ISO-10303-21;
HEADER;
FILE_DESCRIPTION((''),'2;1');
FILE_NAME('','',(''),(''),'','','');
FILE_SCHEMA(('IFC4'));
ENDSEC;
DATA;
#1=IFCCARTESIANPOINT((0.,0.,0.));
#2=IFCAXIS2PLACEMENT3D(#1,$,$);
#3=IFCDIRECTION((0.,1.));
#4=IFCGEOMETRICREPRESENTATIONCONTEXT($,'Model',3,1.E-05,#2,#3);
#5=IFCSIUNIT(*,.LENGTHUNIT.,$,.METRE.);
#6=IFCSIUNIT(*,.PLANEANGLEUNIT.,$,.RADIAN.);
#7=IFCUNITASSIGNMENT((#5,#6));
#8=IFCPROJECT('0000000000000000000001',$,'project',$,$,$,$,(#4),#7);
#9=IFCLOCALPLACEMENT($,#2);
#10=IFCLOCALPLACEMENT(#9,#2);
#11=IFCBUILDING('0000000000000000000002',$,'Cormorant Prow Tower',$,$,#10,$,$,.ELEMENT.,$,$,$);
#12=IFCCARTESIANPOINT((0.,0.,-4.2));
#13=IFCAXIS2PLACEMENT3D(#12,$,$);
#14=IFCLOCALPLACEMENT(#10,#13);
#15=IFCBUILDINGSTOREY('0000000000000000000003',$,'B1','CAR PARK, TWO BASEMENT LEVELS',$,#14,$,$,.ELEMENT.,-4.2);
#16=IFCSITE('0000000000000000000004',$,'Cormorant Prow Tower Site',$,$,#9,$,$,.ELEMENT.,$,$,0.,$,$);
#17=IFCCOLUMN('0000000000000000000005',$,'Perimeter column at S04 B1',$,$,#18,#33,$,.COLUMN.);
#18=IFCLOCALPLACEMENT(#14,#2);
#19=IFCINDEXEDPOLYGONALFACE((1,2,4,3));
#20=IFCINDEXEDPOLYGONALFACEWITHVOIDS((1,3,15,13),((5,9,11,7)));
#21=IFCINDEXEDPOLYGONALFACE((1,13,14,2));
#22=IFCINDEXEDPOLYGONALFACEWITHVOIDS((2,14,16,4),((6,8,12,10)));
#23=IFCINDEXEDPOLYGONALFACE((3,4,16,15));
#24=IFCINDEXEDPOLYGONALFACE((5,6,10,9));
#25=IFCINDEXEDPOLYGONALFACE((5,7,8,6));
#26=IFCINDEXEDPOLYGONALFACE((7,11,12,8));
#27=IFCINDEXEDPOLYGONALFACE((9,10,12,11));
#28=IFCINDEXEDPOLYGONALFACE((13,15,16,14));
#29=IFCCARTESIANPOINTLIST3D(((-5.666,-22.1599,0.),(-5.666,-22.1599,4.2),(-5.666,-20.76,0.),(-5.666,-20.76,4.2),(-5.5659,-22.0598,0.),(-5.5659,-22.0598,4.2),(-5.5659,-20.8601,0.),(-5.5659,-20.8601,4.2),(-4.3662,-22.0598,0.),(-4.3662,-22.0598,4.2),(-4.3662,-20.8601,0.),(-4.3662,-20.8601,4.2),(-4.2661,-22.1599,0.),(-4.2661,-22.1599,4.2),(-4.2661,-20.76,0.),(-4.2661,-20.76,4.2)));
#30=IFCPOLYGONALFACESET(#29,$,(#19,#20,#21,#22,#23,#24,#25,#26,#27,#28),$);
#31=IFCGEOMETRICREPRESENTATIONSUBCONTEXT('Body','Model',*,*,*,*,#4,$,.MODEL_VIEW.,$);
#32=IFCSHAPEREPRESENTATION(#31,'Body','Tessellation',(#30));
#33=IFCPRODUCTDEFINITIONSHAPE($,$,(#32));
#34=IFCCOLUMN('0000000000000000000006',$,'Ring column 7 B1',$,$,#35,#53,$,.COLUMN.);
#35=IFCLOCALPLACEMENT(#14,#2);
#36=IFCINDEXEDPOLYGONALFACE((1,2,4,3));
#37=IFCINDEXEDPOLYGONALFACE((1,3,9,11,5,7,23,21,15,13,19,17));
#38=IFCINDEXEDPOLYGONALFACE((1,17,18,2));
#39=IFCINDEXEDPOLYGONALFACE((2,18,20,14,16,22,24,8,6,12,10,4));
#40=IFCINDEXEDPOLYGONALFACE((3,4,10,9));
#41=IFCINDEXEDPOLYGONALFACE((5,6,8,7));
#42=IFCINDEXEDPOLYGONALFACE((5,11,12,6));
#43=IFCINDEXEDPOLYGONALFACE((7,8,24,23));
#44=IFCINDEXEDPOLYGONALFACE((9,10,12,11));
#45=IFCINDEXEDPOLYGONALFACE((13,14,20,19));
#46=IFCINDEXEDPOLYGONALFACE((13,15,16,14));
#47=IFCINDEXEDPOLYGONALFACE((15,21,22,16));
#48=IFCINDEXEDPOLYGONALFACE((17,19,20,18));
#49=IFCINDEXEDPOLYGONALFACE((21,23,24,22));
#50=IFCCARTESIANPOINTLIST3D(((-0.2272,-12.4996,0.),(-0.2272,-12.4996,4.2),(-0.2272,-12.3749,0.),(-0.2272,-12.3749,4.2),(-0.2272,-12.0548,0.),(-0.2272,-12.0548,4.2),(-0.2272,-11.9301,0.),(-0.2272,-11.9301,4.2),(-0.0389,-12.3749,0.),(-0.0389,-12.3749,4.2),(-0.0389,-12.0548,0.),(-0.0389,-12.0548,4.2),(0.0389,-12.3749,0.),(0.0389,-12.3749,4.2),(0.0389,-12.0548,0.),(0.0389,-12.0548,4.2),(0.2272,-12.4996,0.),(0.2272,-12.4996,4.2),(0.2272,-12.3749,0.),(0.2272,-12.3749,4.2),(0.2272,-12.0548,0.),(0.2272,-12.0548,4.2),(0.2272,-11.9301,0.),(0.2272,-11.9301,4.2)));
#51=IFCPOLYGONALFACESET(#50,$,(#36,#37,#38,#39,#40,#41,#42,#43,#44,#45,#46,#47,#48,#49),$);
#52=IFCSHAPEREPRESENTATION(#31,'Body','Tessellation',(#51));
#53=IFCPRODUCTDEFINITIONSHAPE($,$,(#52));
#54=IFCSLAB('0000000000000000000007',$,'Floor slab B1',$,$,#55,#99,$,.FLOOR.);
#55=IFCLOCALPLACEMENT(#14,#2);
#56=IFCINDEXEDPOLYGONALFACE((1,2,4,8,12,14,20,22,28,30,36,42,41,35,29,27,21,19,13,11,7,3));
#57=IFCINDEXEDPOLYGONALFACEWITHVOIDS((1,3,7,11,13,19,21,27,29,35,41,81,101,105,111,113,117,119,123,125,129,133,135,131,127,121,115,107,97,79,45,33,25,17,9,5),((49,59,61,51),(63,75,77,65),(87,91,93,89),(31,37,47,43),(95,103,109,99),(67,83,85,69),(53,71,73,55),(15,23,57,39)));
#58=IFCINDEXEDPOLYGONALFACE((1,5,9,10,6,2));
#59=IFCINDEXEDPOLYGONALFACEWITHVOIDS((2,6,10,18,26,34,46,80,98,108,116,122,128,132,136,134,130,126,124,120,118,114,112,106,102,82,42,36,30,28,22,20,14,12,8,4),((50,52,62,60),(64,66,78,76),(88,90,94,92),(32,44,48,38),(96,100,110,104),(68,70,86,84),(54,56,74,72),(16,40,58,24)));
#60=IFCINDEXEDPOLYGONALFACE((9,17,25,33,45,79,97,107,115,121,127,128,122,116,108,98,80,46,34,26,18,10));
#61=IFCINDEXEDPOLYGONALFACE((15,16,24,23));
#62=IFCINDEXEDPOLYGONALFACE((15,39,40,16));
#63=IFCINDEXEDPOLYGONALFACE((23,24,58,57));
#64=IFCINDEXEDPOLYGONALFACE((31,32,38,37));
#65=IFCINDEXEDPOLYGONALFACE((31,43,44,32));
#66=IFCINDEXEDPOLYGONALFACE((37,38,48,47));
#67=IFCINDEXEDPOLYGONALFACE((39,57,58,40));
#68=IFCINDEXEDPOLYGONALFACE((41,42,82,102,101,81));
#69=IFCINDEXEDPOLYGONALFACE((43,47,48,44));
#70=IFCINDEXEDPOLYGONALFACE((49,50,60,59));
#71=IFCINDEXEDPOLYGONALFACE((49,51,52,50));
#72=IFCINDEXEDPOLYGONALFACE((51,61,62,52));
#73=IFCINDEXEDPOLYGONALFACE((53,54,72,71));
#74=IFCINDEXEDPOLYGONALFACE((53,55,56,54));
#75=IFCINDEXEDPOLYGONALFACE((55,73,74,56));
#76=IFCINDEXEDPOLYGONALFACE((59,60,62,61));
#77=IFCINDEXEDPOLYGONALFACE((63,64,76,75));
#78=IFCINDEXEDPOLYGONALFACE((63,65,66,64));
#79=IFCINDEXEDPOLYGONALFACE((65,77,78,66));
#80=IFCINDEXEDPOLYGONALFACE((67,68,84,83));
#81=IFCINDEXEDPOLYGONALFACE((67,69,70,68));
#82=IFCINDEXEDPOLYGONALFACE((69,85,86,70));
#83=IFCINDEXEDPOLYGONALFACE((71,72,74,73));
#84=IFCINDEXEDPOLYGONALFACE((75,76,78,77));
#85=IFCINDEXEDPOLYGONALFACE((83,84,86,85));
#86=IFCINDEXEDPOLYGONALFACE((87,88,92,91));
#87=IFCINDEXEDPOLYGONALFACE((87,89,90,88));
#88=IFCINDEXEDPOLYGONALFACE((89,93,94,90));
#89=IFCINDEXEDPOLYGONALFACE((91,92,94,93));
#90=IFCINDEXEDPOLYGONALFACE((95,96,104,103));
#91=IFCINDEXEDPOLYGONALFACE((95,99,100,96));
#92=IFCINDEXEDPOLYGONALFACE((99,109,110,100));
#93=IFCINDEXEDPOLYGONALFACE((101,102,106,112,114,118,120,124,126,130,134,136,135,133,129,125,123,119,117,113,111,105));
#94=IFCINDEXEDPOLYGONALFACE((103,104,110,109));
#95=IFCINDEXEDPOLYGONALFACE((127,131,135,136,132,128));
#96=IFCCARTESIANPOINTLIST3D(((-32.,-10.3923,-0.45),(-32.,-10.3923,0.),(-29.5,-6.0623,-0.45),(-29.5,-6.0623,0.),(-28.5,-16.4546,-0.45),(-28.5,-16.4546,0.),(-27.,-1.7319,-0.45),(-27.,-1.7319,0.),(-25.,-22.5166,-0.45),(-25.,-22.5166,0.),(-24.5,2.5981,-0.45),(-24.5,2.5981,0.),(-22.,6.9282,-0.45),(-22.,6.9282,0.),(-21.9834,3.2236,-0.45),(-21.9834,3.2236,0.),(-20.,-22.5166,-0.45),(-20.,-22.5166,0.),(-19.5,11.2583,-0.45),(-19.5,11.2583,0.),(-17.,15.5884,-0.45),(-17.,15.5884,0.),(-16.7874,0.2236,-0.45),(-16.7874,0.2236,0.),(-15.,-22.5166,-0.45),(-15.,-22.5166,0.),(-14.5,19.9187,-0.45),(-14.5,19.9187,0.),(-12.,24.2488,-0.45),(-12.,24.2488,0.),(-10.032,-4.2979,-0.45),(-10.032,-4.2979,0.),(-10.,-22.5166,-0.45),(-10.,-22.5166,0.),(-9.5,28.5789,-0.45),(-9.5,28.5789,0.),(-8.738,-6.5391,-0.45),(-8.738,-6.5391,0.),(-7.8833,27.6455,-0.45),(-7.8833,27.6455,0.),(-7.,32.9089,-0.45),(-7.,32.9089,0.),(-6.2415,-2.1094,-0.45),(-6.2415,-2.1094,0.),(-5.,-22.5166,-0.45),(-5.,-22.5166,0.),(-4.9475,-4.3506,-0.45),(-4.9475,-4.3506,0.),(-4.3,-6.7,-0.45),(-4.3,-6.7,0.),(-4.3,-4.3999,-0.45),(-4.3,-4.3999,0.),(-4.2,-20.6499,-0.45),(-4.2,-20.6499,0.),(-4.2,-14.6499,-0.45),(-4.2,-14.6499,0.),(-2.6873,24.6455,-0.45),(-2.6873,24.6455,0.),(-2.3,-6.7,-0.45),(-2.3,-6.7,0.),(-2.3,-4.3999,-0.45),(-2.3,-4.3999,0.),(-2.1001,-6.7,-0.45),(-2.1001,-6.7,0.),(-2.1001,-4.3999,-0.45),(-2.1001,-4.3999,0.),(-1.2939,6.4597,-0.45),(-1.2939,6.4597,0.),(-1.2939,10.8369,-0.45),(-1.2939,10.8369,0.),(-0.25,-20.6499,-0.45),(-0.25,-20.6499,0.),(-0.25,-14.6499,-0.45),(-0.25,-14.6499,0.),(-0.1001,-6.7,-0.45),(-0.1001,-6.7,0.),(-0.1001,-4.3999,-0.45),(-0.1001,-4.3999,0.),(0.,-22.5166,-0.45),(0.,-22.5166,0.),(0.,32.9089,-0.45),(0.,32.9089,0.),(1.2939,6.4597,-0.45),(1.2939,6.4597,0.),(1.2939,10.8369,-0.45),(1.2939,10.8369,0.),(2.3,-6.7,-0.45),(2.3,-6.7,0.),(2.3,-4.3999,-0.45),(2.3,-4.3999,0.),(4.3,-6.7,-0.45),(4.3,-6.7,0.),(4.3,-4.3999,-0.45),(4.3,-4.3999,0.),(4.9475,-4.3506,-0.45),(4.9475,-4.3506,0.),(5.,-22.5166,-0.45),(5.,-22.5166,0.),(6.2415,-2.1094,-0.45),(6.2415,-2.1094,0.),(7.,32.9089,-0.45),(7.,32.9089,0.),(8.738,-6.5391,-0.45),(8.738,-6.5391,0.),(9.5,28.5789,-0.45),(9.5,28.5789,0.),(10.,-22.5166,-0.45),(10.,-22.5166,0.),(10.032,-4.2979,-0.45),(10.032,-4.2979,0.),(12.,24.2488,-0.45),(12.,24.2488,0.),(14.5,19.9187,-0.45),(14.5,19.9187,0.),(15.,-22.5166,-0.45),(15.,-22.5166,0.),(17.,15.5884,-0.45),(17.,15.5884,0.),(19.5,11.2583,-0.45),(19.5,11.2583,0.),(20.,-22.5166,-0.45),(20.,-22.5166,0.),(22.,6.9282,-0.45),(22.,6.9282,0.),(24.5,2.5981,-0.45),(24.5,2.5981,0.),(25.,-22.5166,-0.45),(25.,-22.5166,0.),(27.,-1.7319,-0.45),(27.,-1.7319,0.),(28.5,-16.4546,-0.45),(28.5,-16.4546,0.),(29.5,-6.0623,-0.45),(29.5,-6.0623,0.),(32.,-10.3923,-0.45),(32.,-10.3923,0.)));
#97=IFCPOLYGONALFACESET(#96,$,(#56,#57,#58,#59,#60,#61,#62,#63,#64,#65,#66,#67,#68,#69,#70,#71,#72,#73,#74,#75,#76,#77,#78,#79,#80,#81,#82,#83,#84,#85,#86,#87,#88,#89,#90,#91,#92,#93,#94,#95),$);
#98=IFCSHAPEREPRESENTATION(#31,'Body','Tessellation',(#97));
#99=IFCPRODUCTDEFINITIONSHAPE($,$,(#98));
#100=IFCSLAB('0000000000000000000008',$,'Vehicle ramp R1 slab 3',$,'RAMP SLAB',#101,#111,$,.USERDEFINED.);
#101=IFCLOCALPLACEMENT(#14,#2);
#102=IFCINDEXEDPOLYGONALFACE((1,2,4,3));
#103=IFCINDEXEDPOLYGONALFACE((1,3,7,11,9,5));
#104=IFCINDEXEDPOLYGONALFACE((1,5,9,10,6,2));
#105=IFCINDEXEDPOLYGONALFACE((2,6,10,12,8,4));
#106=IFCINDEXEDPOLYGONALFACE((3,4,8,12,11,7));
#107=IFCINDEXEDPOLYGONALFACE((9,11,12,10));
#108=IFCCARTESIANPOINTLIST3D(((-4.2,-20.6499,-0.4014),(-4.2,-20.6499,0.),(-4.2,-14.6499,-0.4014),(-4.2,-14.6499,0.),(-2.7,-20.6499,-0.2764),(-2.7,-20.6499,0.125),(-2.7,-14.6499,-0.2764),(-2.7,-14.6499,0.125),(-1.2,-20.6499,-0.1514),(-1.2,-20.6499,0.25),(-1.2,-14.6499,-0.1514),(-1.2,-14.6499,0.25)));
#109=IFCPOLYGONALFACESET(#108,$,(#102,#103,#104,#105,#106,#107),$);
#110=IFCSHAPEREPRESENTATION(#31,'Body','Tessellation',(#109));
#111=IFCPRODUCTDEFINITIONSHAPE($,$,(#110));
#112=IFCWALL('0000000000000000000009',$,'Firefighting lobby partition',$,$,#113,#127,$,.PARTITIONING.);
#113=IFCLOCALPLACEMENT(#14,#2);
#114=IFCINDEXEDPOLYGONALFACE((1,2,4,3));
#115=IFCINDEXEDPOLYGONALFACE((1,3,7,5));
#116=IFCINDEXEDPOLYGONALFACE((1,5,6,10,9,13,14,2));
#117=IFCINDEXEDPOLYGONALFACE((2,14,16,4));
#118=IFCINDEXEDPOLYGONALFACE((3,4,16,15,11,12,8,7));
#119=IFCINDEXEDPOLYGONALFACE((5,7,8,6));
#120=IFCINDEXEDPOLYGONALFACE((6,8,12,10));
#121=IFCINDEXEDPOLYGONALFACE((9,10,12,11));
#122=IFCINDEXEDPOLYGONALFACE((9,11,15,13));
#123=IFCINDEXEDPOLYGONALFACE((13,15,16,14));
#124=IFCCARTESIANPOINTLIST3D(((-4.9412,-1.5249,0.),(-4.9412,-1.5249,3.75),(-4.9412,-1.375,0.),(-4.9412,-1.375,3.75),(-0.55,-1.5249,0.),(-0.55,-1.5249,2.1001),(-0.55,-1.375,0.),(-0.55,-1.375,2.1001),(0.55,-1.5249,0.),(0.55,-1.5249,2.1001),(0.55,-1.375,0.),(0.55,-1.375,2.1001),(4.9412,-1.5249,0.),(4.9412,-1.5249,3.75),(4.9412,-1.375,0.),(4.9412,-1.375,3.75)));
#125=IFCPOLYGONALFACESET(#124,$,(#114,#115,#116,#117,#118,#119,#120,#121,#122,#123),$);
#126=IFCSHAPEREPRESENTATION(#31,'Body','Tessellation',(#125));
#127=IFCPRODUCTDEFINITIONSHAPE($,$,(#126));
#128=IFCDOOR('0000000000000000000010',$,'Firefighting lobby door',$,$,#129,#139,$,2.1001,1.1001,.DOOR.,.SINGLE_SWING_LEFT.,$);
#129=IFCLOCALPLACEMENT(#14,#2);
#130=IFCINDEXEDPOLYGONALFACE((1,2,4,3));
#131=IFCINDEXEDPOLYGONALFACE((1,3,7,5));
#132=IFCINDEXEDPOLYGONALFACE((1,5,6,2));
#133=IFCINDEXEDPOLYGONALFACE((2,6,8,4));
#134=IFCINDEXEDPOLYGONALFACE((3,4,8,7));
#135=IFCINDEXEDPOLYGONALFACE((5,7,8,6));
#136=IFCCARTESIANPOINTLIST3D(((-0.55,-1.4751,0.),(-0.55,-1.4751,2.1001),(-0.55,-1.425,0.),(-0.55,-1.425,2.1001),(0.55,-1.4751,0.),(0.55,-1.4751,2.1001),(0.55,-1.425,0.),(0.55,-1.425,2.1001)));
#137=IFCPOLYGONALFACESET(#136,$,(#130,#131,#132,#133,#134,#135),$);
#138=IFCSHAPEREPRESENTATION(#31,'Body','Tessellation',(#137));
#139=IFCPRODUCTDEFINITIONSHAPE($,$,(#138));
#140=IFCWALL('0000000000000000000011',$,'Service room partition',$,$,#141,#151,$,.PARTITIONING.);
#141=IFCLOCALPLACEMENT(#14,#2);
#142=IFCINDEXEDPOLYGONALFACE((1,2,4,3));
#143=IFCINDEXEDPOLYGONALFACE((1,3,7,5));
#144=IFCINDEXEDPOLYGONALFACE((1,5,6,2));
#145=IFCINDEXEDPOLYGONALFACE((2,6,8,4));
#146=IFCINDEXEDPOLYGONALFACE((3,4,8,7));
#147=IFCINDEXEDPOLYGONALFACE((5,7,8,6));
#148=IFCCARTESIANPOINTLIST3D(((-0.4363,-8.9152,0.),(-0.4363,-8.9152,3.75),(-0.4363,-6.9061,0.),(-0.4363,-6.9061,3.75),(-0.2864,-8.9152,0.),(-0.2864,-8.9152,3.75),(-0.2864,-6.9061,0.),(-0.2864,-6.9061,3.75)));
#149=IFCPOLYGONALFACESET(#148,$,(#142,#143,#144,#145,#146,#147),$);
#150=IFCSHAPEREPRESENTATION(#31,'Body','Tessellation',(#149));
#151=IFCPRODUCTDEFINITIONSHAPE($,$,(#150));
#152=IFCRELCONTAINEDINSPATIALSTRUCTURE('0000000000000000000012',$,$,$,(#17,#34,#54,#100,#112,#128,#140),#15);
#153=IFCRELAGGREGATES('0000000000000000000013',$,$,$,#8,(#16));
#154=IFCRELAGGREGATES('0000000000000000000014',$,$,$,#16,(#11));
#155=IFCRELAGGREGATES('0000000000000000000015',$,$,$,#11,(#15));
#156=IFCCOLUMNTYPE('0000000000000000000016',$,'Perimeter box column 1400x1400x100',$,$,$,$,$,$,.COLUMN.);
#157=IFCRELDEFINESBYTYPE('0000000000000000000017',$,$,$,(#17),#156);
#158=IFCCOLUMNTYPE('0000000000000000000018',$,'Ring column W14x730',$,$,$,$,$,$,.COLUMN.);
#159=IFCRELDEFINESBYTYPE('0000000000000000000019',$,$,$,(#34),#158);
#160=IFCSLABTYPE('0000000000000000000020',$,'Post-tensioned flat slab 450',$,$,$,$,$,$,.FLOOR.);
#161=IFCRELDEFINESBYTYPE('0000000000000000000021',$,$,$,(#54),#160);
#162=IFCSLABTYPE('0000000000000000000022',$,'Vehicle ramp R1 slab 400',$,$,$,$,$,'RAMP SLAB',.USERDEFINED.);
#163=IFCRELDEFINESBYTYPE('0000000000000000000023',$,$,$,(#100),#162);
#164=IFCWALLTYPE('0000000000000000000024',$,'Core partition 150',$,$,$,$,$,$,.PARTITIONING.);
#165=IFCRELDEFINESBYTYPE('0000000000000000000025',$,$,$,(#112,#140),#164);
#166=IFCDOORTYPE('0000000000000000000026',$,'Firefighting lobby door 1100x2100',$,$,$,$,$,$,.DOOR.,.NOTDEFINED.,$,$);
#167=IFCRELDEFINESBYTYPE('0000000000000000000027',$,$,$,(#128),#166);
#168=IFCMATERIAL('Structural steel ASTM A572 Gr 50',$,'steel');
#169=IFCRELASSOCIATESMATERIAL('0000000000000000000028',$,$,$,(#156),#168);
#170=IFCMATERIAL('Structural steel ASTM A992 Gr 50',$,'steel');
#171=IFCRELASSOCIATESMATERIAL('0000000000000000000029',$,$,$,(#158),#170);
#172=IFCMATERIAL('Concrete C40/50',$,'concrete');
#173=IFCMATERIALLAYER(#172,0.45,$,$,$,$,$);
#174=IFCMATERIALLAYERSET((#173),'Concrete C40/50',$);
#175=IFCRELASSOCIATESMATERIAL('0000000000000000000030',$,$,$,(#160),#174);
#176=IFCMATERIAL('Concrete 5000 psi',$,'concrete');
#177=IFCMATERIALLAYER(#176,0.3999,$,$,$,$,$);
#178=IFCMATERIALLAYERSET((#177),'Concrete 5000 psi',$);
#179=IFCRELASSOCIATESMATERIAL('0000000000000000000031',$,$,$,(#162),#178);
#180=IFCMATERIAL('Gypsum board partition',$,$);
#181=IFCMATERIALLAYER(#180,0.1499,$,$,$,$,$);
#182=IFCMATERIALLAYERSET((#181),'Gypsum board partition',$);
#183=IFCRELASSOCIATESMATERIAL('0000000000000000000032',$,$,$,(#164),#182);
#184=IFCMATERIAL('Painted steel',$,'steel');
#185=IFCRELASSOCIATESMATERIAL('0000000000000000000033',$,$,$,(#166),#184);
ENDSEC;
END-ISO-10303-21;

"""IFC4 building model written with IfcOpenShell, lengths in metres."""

from ifc_helpers import new_model, si_unit, direction, frame, frame_2d, origin, origin_2d, place, context, subcontext, project, spatial, polyline, rectangle, hollow_rectangle, i_section, outline, extrude, material, layer, layer_set, material_profile, profile_set, type_object, element, fill, save


model = new_model("IFC4")

# Units and contexts
model_context = context("Model", 3, precision=1e-05, world=origin(), true_north=direction((0.0, 1.0)))
body_context = subcontext(model_context, "Body", "Model", "MODEL_VIEW")
ifc_project = project(units=[si_unit("LENGTHUNIT", "METRE"), si_unit("PLANEANGLEUNIT", "RADIAN")], contexts=[model_context])

# Site, building, storey
site_placement = place(None, origin())
site = spatial("IfcSite", under=ifc_project, at=site_placement, Name="Cormorant Prow Tower Site", CompositionType="ELEMENT", RefElevation=0.0)
building_placement = place(site_placement, origin())
building = spatial("IfcBuilding", under=site, at=building_placement, Name="Cormorant Prow Tower", CompositionType="ELEMENT")
storey_placement = place(building_placement, frame((0.0, 0.0, -4.2)))
storey = spatial("IfcBuildingStorey", under=building, at=storey_placement, Name="B1", Description="CAR PARK, TWO BASEMENT LEVELS", CompositionType="ELEMENT", Elevation=-4.2)

# Columns
ifc_material_1 = material(Name="Structural steel ASTM A572 Gr 50", Category="steel")
ifc_material_profile_1 = material_profile(ifc_material_1, hollow_rectangle(XDim=1.3999, YDim=1.3999, WallThickness=0.1001, at=origin_2d()), Name="Box 1400x1400x100")
ifc_profile_set_1 = profile_set([ifc_material_profile_1], Name="Structural steel ASTM A572 Gr 50")
column_type_1 = type_object("IfcColumnType", Name="Perimeter box column 1400x1400x100", PredefinedType="COLUMN", material=ifc_profile_set_1)
column_1_placement = place(storey_placement, frame((-4.9661, -21.46, 0.0), z_axis=(0.0, 0.0, 1.0), x_axis=(1.0, 0.0, 0.0)))
element("IfcColumn", 1, at=column_1_placement, inside=storey, type_object=column_type_1, Name="Perimeter column at S04 B1", PredefinedType="COLUMN", context=body_context, shape_type="SweptSolid", body=[
    extrude(hollow_rectangle(XDim=1.3999, YDim=1.3999, WallThickness=0.1001, at=origin_2d()), origin(), (0.0, 0.0, 1.0), 4.2),
])
ifc_material_2 = material(Name="Structural steel ASTM A992 Gr 50", Category="steel")
ifc_material_profile_2 = material_profile(ifc_material_2, i_section(OverallWidth=0.4543, OverallDepth=0.5696, WebThickness=0.0779, FlangeThickness=0.1248, at=origin_2d()), Name="W14x730")
ifc_profile_set_2 = profile_set([ifc_material_profile_2], Name="Structural steel ASTM A992 Gr 50")
column_type_2 = type_object("IfcColumnType", Name="Ring column W14x730", PredefinedType="COLUMN", material=ifc_profile_set_2)
column_2_placement = place(storey_placement, frame((0.0, -12.2148, 0.0), z_axis=(0.0, 0.0, 1.0), x_axis=(1.0, 0.0, 0.0)))
element("IfcColumn", 2, at=column_2_placement, inside=storey, type_object=column_type_2, Name="Ring column 7 B1", PredefinedType="COLUMN", context=body_context, shape_type="SweptSolid", body=[
    extrude(i_section(OverallWidth=0.4543, OverallDepth=0.5696, WebThickness=0.0779, FlangeThickness=0.1248, at=origin_2d()), origin(), (0.0, 0.0, 1.0), 4.2),
])

# Slabs
ifc_material_3 = material(Name="Concrete C40/50", Category="concrete")
ifc_layer_1 = layer(ifc_material_3, 0.45)
ifc_layer_set_1 = layer_set([ifc_layer_1], Name="Concrete C40/50")
slab_type_1 = type_object("IfcSlabType", Name="Post-tensioned flat slab 450", PredefinedType="FLOOR", material=ifc_layer_set_1)
slab_1_placement = place(storey_placement, frame((0.0, 0.0, -0.45)))
element("IfcSlab", 3, at=slab_1_placement, inside=storey, type_object=slab_type_1, Name="Floor slab B1", PredefinedType="FLOOR", context=body_context, shape_type="SweptSolid", body=[
    extrude(outline(polyline([(-17.0, 15.5884), (-19.5, 11.2583), (-22.0, 6.9282), (-24.5, 2.5981), (-27.0, -1.7319), (-29.5, -6.0623), (-32.0, -10.3923), (-28.5, -16.4546), (-25.0, -22.5166), (-20.0, -22.5166), (-15.0, -22.5166), (-10.0, -22.5166), (-5.0, -22.5166), (0.0, -22.5166), (5.0, -22.5166), (10.0, -22.5166), (15.0, -22.5166), (20.0, -22.5166), (25.0, -22.5166), (28.5, -16.4546), (32.0, -10.3923), (29.5, -6.0623), (27.0, -1.7319), (24.5, 2.5981), (22.0, 6.9282), (19.5, 11.2583), (17.0, 15.5884), (14.5, 19.9187), (12.0, 24.2488), (9.5, 28.5789), (7.0, 32.9089), (0.0, 32.9089), (-7.0, 32.9089), (-9.5, 28.5789), (-12.0, 24.2488), (-14.5, 19.9187), (-17.0, 15.5884)]), holes=[polyline([(-2.3, -6.7), (-4.3, -6.7), (-4.3, -4.3999), (-2.3, -4.3999), (-2.3, -6.7)]), polyline([(-2.1001, -6.7), (-2.1001, -4.3999), (-0.1001, -4.3999), (-0.1001, -6.7), (-2.1001, -6.7)]), polyline([(2.3, -4.3999), (4.3, -4.3999), (4.3, -6.7), (2.3, -6.7), (2.3, -4.3999)]), polyline([(-10.032, -4.2979), (-6.2415, -2.1094), (-4.9475, -4.3506), (-8.738, -6.5391), (-10.032, -4.2979)]), polyline([(4.9475, -4.3506), (6.2415, -2.1094), (10.032, -4.2979), (8.738, -6.5391), (4.9475, -4.3506)]), polyline([(-1.2939, 6.4597), (-1.2939, 10.8369), (1.2939, 10.8369), (1.2939, 6.4597), (-1.2939, 6.4597)]), polyline([(-4.2, -20.6499), (-4.2, -14.6499), (-0.25, -14.6499), (-0.25, -20.6499), (-4.2, -20.6499)]), polyline([(-16.7874, 0.2236), (-21.9834, 3.2236), (-7.8833, 27.6455), (-2.6873, 24.6455), (-16.7874, 0.2236)])]), origin(), (0.0, 0.0, 1.0), 0.45),
])
ifc_material_4 = material(Name="Concrete 5000 psi", Category="concrete")
ifc_layer_2 = layer(ifc_material_4, 0.3999)
ifc_layer_set_2 = layer_set([ifc_layer_2], Name="Concrete 5000 psi")
slab_type_2 = type_object("IfcSlabType", Name="Vehicle ramp R1 slab 400", ElementType="RAMP SLAB", PredefinedType="USERDEFINED", material=ifc_layer_set_2)
slab_2_placement = place(storey_placement, frame((-1.2, -14.6499, 0.25), z_axis=(-0.083045, 0.0, 0.996546), x_axis=(-0.996546, 0.0, -0.083045)))
element("IfcSlab", 4, at=slab_2_placement, inside=storey, type_object=slab_type_2, Name="Vehicle ramp R1 slab 3", ObjectType="RAMP SLAB", PredefinedType="USERDEFINED", context=body_context, shape_type="SweptSolid", body=[
    extrude(outline(polyline([(0.0, 0.0), (1.5052, 0.0), (3.0104, 0.0), (3.0104, 6.0), (1.5052, 6.0), (0.0, 6.0), (0.0, 0.0)])), origin(), (0.083045, 0.0, -0.996546), 0.4014),
])

# Wall, opening, door
ifc_material_5 = material(Name="Gypsum board partition")
ifc_layer_3 = layer(ifc_material_5, 0.1499)
ifc_layer_set_3 = layer_set([ifc_layer_3], Name="Gypsum board partition")
wall_type_1 = type_object("IfcWallType", Name="Core partition 150", PredefinedType="PARTITIONING", material=ifc_layer_set_3)
wall_1_placement = place(storey_placement, frame((-4.9412, -1.45, 0.0), z_axis=(0.0, 0.0, 1.0), x_axis=(1.0, 0.0, 0.0)))
wall_1 = element("IfcWall", 5, at=wall_1_placement, inside=storey, type_object=wall_type_1, Name="Firefighting lobby partition", PredefinedType="PARTITIONING", context=body_context, shape_type="SweptSolid", body=[
    extrude(rectangle(XDim=9.8823, YDim=0.1499, at=frame_2d((4.9412, 0.0))), origin(), (0.0, 0.0, 1.0), 3.75),
])
opening_1_placement = place(wall_1_placement, frame((4.3911, 0.0, 0.0)))
opening_1 = element("IfcOpeningElement", 6, at=opening_1_placement, cuts=wall_1, PredefinedType="OPENING", context=body_context, shape_type="SweptSolid", body=[
    extrude(rectangle(XDim=1.1001, YDim=2.1001, at=frame_2d((0.55, 1.05))), frame((0.0, 0.085, 0.0), z_axis=(0.0, -1.0, 0.0), x_axis=(1.0, 0.0, 0.0)), (0.0, 0.0, 1.0), 0.1699),
])
ifc_material_6 = material(Name="Painted steel", Category="steel")
door_type_1 = type_object("IfcDoorType", Name="Firefighting lobby door 1100x2100", OperationType="NOTDEFINED", PredefinedType="DOOR", material=ifc_material_6)
door_1_placement = place(opening_1_placement, origin())
door_1 = element("IfcDoor", 7, at=door_1_placement, inside=storey, type_object=door_type_1, Name="Firefighting lobby door", OperationType="SINGLE_SWING_LEFT", OverallHeight=2.1001, OverallWidth=1.1001, PredefinedType="DOOR", context=body_context, shape_type="SweptSolid", body=[
    extrude(rectangle(XDim=1.1001, YDim=2.1001, at=frame_2d((0.55, 1.05))), frame((0.0, 0.0249, 0.0), z_axis=(0.0, -1.0, 0.0), x_axis=(1.0, 0.0, 0.0)), (0.0, 0.0, 1.0), 0.05),
])
fill(opening_1, door_1)

# Wall
wall_2_placement = place(storey_placement, frame((-0.3613, -8.915, 0.0), z_axis=(0.0, 0.0, 1.0), x_axis=(0.0, 1.0, 0.0)))
element("IfcWall", 8, at=wall_2_placement, inside=storey, type_object=wall_type_1, Name="Service room partition", PredefinedType="PARTITIONING", context=body_context, shape_type="SweptSolid", body=[
    extrude(rectangle(XDim=2.009, YDim=0.1499, at=frame_2d((1.0044, 0.0))), origin(), (0.0, 0.0, 1.0), 3.75),
])

save(model, "model.ifc")
